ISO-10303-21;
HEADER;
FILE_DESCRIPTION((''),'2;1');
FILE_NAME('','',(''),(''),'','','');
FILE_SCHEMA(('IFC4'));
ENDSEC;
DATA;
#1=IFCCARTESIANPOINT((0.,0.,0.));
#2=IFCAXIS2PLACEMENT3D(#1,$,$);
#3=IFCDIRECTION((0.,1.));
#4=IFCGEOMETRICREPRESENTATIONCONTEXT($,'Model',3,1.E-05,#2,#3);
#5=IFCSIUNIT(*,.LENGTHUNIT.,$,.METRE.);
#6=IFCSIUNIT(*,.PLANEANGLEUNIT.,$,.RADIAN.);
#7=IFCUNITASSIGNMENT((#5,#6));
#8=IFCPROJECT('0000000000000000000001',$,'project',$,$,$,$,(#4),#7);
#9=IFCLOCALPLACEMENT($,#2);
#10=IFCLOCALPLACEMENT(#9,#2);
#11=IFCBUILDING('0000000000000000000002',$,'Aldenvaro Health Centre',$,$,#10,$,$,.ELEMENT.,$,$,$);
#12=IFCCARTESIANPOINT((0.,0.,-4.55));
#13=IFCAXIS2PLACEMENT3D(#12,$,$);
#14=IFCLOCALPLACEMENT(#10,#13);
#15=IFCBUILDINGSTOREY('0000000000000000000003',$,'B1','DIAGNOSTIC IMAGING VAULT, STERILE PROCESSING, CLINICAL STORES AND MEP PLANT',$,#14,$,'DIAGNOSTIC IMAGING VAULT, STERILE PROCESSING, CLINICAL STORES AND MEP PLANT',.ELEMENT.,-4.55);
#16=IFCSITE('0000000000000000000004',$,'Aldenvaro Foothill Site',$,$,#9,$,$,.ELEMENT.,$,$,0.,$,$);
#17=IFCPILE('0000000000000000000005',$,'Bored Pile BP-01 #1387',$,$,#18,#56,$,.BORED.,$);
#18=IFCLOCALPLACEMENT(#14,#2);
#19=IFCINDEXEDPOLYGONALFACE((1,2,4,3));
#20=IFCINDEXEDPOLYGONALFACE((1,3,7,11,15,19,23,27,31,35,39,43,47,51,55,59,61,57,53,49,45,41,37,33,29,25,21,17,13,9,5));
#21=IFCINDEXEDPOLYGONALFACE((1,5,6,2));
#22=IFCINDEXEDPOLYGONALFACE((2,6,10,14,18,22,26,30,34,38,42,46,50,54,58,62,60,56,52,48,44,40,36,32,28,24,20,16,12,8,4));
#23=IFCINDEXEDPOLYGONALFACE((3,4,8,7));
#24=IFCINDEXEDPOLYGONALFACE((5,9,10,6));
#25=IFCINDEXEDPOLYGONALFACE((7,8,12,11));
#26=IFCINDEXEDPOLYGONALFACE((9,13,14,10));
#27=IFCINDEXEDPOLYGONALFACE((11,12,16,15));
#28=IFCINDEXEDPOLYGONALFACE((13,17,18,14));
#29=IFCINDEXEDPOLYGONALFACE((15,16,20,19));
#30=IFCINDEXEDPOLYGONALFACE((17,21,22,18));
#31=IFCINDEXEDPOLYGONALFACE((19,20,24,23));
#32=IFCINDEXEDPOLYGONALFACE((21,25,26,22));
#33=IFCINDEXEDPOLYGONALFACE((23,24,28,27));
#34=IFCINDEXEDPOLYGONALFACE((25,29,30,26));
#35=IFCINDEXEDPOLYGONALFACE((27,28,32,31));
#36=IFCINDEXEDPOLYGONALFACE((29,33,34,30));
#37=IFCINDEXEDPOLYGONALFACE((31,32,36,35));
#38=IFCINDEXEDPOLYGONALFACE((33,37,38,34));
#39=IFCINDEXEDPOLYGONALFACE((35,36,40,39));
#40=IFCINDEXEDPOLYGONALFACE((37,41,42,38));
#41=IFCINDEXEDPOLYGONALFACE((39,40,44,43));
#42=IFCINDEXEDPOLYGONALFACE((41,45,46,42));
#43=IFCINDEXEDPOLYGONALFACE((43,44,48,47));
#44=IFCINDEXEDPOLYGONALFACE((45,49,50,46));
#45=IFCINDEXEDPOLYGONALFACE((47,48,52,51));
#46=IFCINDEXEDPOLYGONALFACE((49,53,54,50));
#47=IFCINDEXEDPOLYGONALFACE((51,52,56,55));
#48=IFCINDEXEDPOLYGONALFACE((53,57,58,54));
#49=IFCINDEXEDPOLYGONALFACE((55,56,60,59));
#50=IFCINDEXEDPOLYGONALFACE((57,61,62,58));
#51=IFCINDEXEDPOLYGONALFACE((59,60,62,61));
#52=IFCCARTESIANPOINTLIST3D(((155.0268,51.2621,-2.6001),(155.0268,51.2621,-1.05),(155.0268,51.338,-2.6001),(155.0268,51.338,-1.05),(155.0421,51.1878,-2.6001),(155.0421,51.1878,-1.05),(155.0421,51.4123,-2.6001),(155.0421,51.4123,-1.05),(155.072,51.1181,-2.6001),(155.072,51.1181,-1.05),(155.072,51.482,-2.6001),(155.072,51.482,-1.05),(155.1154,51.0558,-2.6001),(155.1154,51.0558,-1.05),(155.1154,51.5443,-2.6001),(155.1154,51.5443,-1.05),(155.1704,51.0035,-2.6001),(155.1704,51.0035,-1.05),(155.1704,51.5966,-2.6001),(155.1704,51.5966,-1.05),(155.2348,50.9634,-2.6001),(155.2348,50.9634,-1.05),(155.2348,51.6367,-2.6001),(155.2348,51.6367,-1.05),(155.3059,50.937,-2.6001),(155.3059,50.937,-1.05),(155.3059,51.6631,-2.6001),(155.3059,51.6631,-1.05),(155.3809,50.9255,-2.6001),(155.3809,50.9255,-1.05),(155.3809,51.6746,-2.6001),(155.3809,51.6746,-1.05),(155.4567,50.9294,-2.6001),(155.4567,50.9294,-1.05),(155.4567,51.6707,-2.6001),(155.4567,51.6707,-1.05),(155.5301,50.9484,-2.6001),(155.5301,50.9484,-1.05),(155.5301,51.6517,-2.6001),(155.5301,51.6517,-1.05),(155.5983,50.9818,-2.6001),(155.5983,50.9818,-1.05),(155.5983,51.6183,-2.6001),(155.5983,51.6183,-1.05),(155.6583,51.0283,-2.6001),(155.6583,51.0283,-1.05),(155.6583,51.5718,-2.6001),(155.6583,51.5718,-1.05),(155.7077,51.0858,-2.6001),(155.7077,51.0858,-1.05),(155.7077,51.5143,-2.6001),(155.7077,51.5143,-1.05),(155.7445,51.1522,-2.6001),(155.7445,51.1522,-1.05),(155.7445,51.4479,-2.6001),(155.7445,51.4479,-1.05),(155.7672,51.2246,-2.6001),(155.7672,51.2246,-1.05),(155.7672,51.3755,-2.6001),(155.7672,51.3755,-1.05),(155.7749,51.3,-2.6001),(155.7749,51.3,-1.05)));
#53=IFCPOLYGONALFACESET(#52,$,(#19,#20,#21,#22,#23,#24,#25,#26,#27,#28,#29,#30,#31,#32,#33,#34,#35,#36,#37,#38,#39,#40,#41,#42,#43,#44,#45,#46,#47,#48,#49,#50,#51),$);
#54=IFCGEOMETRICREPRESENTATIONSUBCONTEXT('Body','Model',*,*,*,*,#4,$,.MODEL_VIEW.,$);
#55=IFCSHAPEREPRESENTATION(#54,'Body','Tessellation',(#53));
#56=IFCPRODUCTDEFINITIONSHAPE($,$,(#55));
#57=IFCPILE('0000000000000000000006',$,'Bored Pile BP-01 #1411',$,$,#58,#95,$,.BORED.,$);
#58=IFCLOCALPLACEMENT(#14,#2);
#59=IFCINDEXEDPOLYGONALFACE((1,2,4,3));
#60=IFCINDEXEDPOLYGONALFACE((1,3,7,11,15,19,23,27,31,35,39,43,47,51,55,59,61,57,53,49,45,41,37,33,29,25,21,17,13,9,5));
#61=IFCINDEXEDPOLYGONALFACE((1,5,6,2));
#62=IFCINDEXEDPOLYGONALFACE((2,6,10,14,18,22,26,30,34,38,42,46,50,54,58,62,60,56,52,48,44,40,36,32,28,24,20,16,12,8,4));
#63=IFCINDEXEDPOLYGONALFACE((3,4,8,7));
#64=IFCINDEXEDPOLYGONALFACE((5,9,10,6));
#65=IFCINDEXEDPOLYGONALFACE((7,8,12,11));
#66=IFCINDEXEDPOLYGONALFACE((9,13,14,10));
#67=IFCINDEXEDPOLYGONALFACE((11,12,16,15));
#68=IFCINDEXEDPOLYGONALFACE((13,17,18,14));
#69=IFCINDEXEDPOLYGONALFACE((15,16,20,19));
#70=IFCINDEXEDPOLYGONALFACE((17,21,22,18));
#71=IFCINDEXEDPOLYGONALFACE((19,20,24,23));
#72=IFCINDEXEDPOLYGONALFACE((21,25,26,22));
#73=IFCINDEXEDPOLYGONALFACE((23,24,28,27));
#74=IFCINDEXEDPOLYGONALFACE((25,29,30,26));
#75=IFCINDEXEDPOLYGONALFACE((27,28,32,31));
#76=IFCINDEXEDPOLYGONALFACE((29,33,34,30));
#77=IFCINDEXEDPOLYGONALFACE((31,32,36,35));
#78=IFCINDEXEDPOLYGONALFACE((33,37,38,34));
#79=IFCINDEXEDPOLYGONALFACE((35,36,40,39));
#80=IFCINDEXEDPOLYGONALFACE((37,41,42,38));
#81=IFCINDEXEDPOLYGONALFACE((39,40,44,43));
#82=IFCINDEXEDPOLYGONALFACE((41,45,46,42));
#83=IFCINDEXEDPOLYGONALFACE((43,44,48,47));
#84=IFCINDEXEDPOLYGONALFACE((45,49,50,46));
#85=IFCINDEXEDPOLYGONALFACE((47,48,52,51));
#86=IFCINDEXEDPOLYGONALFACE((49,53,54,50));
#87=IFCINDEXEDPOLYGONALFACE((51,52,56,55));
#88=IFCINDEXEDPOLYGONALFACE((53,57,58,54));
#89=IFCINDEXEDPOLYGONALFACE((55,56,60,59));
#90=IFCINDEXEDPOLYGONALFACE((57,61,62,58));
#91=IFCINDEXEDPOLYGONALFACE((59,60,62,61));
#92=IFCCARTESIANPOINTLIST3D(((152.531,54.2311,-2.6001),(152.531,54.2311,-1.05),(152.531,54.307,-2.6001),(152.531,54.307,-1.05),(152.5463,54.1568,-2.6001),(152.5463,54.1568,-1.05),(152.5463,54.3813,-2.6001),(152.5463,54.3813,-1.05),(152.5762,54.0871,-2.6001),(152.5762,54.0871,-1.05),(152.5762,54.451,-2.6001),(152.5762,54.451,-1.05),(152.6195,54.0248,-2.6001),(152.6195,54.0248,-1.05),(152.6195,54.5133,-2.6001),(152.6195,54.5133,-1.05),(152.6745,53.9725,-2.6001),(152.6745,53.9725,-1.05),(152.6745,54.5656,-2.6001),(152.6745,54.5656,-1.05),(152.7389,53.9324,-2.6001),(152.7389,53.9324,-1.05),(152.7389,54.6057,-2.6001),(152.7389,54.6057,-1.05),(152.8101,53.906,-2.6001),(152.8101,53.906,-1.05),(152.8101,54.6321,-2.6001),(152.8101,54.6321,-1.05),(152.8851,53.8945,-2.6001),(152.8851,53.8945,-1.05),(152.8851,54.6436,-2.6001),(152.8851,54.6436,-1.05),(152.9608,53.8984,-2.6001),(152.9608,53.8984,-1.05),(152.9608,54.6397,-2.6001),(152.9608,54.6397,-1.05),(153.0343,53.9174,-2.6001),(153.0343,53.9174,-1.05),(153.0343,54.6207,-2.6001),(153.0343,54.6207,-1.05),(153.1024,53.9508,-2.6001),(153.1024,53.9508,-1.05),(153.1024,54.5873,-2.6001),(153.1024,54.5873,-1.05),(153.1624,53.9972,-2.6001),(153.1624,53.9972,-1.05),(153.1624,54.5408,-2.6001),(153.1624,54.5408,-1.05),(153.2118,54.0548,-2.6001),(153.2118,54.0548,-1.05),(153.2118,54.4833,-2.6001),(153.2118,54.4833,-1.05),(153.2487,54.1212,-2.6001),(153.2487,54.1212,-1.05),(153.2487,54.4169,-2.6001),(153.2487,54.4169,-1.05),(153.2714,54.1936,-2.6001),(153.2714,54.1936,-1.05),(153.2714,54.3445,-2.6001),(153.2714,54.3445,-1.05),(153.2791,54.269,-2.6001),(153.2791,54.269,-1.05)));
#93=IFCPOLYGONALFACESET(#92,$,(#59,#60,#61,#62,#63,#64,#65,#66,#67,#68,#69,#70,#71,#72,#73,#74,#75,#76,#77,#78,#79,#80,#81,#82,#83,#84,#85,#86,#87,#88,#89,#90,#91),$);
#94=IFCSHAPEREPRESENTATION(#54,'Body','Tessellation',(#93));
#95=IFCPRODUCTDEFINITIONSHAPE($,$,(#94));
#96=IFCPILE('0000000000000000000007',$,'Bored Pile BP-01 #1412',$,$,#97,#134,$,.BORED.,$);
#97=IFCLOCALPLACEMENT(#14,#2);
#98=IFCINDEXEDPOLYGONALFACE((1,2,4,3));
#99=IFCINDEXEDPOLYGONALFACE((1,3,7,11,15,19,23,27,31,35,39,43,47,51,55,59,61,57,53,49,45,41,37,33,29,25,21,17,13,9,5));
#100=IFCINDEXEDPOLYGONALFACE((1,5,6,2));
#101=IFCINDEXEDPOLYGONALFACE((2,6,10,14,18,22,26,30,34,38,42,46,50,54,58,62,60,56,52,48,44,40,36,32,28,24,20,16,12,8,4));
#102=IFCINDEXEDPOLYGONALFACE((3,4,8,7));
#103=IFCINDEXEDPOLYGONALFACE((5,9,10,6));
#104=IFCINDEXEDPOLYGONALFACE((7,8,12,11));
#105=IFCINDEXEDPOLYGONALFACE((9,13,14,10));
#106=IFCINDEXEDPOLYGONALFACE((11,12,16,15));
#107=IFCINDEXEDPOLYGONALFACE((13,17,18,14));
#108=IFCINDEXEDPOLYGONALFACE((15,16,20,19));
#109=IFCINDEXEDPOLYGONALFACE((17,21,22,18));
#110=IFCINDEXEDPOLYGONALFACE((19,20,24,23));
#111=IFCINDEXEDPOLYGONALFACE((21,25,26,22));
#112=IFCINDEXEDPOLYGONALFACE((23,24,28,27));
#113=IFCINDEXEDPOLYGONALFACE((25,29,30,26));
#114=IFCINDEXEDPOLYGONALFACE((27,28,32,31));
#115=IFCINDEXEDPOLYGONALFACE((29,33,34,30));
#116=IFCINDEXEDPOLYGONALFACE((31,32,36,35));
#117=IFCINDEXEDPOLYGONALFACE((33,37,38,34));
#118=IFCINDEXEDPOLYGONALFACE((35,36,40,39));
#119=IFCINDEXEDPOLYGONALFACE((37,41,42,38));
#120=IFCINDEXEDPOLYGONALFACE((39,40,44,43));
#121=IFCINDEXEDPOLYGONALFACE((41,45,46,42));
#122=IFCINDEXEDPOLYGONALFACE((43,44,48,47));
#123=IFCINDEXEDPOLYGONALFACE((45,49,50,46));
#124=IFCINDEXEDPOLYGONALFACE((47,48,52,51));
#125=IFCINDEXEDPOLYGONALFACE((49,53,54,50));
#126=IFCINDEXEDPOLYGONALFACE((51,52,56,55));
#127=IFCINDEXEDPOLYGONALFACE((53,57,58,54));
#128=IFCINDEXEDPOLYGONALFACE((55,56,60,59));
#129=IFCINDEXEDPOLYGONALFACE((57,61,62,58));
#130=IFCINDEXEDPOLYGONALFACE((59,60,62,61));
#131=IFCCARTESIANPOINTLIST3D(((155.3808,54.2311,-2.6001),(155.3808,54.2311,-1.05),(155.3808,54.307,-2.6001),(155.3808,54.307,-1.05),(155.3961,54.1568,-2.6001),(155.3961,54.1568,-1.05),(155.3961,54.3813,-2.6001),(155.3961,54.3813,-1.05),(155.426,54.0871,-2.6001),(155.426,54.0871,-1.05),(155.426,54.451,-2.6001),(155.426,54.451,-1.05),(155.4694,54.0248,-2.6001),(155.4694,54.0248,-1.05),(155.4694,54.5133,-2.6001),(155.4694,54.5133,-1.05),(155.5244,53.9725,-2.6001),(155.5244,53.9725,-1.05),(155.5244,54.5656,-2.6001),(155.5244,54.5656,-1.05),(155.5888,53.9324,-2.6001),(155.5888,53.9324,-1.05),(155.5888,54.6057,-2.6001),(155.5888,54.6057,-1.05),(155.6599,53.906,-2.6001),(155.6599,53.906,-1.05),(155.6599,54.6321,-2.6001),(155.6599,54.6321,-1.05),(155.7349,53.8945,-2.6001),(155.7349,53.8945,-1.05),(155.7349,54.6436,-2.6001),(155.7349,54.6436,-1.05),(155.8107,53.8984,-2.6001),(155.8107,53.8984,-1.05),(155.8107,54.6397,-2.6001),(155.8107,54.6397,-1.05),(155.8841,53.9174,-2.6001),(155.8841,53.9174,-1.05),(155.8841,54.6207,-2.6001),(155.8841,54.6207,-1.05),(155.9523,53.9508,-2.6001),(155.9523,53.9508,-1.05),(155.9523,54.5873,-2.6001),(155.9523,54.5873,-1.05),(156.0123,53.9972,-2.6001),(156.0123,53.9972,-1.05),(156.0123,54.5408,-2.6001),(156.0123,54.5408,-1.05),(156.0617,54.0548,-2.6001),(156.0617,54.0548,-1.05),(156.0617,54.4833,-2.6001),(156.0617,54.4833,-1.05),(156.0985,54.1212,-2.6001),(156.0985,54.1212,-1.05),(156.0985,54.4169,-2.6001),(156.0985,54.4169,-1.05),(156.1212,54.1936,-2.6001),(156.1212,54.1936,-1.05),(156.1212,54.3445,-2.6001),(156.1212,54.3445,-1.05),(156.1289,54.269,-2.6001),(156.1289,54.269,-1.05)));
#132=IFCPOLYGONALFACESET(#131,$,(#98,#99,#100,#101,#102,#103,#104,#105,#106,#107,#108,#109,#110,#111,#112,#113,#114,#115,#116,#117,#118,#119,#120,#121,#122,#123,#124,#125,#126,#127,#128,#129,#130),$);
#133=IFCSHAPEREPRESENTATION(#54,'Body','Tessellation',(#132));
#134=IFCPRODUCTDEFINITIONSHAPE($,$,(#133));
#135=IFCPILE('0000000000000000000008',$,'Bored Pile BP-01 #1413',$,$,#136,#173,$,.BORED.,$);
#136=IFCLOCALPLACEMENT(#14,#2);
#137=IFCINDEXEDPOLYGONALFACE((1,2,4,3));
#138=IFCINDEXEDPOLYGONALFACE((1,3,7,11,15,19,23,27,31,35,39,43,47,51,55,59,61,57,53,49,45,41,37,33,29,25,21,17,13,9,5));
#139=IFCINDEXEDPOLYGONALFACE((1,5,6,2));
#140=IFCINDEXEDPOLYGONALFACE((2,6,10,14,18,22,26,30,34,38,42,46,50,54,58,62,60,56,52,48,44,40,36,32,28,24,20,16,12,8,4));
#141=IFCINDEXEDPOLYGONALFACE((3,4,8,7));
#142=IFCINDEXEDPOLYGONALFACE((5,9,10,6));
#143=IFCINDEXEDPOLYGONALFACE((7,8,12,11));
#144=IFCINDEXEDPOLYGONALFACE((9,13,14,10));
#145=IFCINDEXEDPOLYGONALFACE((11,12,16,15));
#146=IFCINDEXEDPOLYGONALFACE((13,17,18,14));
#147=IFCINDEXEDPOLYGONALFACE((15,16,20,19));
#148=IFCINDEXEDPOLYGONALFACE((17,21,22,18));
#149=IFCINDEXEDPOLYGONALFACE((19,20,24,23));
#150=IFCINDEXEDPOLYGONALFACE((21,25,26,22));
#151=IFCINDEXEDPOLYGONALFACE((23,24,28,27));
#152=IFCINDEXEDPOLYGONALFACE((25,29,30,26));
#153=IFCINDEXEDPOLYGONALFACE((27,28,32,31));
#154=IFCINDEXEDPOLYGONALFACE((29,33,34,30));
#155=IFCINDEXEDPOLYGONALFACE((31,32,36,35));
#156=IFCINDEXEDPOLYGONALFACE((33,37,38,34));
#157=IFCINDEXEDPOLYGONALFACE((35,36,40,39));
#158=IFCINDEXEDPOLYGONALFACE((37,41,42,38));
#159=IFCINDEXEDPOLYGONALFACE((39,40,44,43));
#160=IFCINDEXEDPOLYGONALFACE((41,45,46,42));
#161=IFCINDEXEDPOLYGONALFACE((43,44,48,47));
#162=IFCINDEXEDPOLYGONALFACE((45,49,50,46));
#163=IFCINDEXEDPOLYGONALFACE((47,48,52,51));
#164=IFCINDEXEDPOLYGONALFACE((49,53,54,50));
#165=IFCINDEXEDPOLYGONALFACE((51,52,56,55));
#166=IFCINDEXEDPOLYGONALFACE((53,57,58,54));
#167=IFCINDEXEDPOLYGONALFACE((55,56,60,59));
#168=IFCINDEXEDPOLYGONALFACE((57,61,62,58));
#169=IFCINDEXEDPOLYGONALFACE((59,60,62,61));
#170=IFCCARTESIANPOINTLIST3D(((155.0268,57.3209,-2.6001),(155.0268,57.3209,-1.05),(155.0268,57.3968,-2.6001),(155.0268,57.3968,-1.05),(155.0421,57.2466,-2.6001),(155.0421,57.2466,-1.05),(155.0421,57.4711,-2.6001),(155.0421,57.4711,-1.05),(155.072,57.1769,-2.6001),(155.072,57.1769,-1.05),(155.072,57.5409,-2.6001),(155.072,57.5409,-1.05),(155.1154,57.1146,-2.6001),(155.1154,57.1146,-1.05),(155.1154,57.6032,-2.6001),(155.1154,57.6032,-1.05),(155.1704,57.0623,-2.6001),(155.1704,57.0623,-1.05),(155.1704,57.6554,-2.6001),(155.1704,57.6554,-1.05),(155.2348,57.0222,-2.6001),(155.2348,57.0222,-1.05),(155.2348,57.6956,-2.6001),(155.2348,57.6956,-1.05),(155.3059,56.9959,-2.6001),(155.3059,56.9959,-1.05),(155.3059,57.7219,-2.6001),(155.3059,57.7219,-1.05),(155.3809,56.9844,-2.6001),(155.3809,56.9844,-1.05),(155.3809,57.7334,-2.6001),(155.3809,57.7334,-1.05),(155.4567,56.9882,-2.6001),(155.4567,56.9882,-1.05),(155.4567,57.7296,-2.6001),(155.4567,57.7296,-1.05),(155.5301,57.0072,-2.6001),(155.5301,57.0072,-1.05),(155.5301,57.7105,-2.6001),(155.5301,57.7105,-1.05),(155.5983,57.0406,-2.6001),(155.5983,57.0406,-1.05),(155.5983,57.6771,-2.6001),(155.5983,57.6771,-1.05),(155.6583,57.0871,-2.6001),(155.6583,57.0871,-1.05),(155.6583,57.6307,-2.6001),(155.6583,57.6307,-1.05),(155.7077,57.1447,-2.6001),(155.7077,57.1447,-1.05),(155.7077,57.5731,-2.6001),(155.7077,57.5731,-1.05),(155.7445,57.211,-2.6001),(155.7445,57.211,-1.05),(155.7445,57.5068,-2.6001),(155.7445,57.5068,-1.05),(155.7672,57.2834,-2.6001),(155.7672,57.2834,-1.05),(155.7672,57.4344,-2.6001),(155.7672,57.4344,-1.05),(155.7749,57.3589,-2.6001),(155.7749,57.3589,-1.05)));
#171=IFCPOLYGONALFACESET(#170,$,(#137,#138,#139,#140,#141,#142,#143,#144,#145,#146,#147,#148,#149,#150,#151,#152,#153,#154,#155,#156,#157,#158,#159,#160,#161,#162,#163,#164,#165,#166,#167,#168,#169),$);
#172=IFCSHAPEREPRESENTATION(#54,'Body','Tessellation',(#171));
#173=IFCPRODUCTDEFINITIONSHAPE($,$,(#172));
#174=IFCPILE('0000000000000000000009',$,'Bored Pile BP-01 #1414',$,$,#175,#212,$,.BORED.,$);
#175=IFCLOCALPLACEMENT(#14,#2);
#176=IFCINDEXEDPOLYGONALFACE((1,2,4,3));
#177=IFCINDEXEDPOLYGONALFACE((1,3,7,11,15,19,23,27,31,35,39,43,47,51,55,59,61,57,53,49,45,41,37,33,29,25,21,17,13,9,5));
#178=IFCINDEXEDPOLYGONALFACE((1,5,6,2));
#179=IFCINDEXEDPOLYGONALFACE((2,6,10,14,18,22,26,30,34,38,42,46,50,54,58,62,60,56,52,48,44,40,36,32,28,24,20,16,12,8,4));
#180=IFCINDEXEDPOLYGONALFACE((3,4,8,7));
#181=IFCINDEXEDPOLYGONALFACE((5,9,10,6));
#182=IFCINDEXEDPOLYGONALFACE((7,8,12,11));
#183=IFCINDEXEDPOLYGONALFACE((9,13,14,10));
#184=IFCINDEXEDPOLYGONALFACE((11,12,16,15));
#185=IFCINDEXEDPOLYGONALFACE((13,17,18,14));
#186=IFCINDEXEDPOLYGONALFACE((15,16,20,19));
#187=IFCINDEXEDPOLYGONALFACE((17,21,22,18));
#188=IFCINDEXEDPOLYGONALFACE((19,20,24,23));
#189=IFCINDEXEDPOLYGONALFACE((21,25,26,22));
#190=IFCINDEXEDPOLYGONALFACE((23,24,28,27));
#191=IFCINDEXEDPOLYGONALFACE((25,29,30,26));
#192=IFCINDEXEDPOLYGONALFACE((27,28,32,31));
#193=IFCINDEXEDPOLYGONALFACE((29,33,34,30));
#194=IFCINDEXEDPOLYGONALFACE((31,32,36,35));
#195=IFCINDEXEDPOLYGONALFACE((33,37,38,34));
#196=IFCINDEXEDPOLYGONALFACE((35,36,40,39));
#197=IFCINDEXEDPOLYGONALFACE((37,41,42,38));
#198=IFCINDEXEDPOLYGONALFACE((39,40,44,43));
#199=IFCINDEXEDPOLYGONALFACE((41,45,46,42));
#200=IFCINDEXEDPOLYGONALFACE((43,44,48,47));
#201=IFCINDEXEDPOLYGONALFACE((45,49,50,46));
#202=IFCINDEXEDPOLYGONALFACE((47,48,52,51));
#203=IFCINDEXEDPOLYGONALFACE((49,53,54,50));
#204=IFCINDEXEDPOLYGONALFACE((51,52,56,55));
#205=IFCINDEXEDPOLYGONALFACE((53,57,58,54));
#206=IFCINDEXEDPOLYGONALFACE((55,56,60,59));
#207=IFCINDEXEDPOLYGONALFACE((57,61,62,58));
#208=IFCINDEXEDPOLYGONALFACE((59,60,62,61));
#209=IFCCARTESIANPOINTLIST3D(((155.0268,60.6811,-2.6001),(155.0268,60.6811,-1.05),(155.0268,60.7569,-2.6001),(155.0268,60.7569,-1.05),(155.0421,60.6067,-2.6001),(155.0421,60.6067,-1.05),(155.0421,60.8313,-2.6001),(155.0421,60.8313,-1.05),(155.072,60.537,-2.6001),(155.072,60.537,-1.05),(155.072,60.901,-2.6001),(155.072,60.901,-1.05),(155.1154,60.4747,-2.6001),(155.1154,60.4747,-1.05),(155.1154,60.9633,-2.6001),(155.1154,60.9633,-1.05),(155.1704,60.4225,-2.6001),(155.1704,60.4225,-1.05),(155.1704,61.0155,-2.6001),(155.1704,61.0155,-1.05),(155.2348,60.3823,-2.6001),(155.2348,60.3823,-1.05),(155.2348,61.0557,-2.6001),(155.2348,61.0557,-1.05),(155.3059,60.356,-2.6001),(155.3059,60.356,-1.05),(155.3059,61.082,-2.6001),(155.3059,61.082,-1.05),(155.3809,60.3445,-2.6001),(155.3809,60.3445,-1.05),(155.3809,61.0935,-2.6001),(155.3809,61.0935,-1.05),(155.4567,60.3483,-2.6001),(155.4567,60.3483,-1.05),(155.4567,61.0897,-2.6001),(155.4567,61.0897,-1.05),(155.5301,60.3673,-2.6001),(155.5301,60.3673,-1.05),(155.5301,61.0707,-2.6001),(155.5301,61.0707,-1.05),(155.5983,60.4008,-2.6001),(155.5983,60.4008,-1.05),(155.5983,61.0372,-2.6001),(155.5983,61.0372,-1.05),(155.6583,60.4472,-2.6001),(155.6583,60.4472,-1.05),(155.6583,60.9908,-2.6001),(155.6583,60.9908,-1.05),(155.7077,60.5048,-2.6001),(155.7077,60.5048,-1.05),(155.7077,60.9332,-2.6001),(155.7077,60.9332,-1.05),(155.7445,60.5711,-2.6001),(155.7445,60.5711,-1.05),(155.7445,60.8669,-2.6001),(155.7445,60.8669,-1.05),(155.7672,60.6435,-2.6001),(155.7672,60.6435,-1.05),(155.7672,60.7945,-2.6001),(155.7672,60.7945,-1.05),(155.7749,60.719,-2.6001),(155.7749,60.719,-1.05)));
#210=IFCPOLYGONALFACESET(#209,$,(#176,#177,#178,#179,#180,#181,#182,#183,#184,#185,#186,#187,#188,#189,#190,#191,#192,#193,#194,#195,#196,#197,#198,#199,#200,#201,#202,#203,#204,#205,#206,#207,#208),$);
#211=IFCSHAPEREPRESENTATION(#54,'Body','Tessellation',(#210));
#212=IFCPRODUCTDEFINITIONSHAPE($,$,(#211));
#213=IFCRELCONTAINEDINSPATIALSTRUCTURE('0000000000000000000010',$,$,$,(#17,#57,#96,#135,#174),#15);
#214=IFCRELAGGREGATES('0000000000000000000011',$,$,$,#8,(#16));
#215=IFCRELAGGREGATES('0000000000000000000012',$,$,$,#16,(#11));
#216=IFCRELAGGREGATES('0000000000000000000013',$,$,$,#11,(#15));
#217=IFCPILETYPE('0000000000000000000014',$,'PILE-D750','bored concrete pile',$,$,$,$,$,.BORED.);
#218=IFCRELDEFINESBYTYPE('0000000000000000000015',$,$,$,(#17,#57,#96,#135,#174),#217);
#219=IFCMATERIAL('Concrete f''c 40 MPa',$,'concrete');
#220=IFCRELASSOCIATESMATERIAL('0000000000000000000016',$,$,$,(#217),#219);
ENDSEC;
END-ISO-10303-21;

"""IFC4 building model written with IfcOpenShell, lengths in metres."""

from ifc_helpers import new_model, si_unit, direction, frame, origin, origin_2d, place, context, subcontext, project, spatial, circle, extrude, material, material_profile, profile_set, type_object, element, save


model = new_model("IFC4")

# Units and contexts
model_context = context("Model", 3, precision=1e-05, world=origin(), true_north=direction((0.0, 1.0)))
body_context = subcontext(model_context, "Body", "Model", "MODEL_VIEW")
ifc_project = project(units=[si_unit("LENGTHUNIT", "METRE"), si_unit("PLANEANGLEUNIT", "RADIAN")], contexts=[model_context])

# Site, building, storey
site_placement = place(None, origin())
site = spatial("IfcSite", under=ifc_project, at=site_placement, Name="Aldenvaro Foothill Site", CompositionType="ELEMENT", RefElevation=0.0)
building_placement = place(site_placement, origin())
building = spatial("IfcBuilding", under=site, at=building_placement, Name="Aldenvaro Health Centre", CompositionType="ELEMENT")
storey_placement = place(building_placement, frame((0.0, 0.0, -4.55)))
storey = spatial("IfcBuildingStorey", under=building, at=storey_placement, Name="B1", Description="DIAGNOSTIC IMAGING VAULT, STERILE PROCESSING, CLINICAL STORES AND MEP PLANT", LongName="DIAGNOSTIC IMAGING VAULT, STERILE PROCESSING, CLINICAL STORES AND MEP PLANT", CompositionType="ELEMENT", Elevation=-4.55)

# Shared definitions
ifc_material_1 = material(Name="Concrete f'c 40 MPa", Category="concrete")

# Piles
ifc_material_profile_1 = material_profile(ifc_material_1, circle(Radius=0.375, at=origin_2d()), Name="PILE D750", Category="concrete")
ifc_profile_set_1 = profile_set([ifc_material_profile_1], Name="Concrete f'c 40 MPa")
pile_type_1 = type_object("IfcPileType", Name="PILE-D750", Description="bored concrete pile", PredefinedType="BORED", material=ifc_profile_set_1)
for number, where, z_axis, x_axis, name in (
    (1, (155.3999, 51.3, -1.05), (0.0, 0.0, -1.0), (1.0, 0.0, 0.0), "Bored Pile BP-01 #1387"),
    (2, (152.9041, 54.269, -1.05), (0.0, 0.0, -1.0), (1.0, 0.0, 0.0), "Bored Pile BP-01 #1411"),
    (3, (155.7539, 54.269, -1.05), (0.0, 0.0, -1.0), (1.0, 0.0, 0.0), "Bored Pile BP-01 #1412"),
    (4, (155.3999, 57.3589, -1.05), (0.0, 0.0, -1.0), (1.0, 0.0, 0.0), "Bored Pile BP-01 #1413"),
    (5, (155.3999, 60.719, -1.05), (0.0, 0.0, -1.0), (1.0, 0.0, 0.0), "Bored Pile BP-01 #1414"),
):
    element("IfcPile", number, at=place(storey_placement, frame(where, z_axis=z_axis, x_axis=x_axis)), inside=storey, type_object=pile_type_1, Name=name, PredefinedType="BORED", context=body_context, shape_type="SweptSolid", body=[
        extrude(circle(Radius=0.375, at=origin_2d()), origin(), (0.0, 0.0, 1.0), 1.55),
    ])

save(model, "model.ifc")
